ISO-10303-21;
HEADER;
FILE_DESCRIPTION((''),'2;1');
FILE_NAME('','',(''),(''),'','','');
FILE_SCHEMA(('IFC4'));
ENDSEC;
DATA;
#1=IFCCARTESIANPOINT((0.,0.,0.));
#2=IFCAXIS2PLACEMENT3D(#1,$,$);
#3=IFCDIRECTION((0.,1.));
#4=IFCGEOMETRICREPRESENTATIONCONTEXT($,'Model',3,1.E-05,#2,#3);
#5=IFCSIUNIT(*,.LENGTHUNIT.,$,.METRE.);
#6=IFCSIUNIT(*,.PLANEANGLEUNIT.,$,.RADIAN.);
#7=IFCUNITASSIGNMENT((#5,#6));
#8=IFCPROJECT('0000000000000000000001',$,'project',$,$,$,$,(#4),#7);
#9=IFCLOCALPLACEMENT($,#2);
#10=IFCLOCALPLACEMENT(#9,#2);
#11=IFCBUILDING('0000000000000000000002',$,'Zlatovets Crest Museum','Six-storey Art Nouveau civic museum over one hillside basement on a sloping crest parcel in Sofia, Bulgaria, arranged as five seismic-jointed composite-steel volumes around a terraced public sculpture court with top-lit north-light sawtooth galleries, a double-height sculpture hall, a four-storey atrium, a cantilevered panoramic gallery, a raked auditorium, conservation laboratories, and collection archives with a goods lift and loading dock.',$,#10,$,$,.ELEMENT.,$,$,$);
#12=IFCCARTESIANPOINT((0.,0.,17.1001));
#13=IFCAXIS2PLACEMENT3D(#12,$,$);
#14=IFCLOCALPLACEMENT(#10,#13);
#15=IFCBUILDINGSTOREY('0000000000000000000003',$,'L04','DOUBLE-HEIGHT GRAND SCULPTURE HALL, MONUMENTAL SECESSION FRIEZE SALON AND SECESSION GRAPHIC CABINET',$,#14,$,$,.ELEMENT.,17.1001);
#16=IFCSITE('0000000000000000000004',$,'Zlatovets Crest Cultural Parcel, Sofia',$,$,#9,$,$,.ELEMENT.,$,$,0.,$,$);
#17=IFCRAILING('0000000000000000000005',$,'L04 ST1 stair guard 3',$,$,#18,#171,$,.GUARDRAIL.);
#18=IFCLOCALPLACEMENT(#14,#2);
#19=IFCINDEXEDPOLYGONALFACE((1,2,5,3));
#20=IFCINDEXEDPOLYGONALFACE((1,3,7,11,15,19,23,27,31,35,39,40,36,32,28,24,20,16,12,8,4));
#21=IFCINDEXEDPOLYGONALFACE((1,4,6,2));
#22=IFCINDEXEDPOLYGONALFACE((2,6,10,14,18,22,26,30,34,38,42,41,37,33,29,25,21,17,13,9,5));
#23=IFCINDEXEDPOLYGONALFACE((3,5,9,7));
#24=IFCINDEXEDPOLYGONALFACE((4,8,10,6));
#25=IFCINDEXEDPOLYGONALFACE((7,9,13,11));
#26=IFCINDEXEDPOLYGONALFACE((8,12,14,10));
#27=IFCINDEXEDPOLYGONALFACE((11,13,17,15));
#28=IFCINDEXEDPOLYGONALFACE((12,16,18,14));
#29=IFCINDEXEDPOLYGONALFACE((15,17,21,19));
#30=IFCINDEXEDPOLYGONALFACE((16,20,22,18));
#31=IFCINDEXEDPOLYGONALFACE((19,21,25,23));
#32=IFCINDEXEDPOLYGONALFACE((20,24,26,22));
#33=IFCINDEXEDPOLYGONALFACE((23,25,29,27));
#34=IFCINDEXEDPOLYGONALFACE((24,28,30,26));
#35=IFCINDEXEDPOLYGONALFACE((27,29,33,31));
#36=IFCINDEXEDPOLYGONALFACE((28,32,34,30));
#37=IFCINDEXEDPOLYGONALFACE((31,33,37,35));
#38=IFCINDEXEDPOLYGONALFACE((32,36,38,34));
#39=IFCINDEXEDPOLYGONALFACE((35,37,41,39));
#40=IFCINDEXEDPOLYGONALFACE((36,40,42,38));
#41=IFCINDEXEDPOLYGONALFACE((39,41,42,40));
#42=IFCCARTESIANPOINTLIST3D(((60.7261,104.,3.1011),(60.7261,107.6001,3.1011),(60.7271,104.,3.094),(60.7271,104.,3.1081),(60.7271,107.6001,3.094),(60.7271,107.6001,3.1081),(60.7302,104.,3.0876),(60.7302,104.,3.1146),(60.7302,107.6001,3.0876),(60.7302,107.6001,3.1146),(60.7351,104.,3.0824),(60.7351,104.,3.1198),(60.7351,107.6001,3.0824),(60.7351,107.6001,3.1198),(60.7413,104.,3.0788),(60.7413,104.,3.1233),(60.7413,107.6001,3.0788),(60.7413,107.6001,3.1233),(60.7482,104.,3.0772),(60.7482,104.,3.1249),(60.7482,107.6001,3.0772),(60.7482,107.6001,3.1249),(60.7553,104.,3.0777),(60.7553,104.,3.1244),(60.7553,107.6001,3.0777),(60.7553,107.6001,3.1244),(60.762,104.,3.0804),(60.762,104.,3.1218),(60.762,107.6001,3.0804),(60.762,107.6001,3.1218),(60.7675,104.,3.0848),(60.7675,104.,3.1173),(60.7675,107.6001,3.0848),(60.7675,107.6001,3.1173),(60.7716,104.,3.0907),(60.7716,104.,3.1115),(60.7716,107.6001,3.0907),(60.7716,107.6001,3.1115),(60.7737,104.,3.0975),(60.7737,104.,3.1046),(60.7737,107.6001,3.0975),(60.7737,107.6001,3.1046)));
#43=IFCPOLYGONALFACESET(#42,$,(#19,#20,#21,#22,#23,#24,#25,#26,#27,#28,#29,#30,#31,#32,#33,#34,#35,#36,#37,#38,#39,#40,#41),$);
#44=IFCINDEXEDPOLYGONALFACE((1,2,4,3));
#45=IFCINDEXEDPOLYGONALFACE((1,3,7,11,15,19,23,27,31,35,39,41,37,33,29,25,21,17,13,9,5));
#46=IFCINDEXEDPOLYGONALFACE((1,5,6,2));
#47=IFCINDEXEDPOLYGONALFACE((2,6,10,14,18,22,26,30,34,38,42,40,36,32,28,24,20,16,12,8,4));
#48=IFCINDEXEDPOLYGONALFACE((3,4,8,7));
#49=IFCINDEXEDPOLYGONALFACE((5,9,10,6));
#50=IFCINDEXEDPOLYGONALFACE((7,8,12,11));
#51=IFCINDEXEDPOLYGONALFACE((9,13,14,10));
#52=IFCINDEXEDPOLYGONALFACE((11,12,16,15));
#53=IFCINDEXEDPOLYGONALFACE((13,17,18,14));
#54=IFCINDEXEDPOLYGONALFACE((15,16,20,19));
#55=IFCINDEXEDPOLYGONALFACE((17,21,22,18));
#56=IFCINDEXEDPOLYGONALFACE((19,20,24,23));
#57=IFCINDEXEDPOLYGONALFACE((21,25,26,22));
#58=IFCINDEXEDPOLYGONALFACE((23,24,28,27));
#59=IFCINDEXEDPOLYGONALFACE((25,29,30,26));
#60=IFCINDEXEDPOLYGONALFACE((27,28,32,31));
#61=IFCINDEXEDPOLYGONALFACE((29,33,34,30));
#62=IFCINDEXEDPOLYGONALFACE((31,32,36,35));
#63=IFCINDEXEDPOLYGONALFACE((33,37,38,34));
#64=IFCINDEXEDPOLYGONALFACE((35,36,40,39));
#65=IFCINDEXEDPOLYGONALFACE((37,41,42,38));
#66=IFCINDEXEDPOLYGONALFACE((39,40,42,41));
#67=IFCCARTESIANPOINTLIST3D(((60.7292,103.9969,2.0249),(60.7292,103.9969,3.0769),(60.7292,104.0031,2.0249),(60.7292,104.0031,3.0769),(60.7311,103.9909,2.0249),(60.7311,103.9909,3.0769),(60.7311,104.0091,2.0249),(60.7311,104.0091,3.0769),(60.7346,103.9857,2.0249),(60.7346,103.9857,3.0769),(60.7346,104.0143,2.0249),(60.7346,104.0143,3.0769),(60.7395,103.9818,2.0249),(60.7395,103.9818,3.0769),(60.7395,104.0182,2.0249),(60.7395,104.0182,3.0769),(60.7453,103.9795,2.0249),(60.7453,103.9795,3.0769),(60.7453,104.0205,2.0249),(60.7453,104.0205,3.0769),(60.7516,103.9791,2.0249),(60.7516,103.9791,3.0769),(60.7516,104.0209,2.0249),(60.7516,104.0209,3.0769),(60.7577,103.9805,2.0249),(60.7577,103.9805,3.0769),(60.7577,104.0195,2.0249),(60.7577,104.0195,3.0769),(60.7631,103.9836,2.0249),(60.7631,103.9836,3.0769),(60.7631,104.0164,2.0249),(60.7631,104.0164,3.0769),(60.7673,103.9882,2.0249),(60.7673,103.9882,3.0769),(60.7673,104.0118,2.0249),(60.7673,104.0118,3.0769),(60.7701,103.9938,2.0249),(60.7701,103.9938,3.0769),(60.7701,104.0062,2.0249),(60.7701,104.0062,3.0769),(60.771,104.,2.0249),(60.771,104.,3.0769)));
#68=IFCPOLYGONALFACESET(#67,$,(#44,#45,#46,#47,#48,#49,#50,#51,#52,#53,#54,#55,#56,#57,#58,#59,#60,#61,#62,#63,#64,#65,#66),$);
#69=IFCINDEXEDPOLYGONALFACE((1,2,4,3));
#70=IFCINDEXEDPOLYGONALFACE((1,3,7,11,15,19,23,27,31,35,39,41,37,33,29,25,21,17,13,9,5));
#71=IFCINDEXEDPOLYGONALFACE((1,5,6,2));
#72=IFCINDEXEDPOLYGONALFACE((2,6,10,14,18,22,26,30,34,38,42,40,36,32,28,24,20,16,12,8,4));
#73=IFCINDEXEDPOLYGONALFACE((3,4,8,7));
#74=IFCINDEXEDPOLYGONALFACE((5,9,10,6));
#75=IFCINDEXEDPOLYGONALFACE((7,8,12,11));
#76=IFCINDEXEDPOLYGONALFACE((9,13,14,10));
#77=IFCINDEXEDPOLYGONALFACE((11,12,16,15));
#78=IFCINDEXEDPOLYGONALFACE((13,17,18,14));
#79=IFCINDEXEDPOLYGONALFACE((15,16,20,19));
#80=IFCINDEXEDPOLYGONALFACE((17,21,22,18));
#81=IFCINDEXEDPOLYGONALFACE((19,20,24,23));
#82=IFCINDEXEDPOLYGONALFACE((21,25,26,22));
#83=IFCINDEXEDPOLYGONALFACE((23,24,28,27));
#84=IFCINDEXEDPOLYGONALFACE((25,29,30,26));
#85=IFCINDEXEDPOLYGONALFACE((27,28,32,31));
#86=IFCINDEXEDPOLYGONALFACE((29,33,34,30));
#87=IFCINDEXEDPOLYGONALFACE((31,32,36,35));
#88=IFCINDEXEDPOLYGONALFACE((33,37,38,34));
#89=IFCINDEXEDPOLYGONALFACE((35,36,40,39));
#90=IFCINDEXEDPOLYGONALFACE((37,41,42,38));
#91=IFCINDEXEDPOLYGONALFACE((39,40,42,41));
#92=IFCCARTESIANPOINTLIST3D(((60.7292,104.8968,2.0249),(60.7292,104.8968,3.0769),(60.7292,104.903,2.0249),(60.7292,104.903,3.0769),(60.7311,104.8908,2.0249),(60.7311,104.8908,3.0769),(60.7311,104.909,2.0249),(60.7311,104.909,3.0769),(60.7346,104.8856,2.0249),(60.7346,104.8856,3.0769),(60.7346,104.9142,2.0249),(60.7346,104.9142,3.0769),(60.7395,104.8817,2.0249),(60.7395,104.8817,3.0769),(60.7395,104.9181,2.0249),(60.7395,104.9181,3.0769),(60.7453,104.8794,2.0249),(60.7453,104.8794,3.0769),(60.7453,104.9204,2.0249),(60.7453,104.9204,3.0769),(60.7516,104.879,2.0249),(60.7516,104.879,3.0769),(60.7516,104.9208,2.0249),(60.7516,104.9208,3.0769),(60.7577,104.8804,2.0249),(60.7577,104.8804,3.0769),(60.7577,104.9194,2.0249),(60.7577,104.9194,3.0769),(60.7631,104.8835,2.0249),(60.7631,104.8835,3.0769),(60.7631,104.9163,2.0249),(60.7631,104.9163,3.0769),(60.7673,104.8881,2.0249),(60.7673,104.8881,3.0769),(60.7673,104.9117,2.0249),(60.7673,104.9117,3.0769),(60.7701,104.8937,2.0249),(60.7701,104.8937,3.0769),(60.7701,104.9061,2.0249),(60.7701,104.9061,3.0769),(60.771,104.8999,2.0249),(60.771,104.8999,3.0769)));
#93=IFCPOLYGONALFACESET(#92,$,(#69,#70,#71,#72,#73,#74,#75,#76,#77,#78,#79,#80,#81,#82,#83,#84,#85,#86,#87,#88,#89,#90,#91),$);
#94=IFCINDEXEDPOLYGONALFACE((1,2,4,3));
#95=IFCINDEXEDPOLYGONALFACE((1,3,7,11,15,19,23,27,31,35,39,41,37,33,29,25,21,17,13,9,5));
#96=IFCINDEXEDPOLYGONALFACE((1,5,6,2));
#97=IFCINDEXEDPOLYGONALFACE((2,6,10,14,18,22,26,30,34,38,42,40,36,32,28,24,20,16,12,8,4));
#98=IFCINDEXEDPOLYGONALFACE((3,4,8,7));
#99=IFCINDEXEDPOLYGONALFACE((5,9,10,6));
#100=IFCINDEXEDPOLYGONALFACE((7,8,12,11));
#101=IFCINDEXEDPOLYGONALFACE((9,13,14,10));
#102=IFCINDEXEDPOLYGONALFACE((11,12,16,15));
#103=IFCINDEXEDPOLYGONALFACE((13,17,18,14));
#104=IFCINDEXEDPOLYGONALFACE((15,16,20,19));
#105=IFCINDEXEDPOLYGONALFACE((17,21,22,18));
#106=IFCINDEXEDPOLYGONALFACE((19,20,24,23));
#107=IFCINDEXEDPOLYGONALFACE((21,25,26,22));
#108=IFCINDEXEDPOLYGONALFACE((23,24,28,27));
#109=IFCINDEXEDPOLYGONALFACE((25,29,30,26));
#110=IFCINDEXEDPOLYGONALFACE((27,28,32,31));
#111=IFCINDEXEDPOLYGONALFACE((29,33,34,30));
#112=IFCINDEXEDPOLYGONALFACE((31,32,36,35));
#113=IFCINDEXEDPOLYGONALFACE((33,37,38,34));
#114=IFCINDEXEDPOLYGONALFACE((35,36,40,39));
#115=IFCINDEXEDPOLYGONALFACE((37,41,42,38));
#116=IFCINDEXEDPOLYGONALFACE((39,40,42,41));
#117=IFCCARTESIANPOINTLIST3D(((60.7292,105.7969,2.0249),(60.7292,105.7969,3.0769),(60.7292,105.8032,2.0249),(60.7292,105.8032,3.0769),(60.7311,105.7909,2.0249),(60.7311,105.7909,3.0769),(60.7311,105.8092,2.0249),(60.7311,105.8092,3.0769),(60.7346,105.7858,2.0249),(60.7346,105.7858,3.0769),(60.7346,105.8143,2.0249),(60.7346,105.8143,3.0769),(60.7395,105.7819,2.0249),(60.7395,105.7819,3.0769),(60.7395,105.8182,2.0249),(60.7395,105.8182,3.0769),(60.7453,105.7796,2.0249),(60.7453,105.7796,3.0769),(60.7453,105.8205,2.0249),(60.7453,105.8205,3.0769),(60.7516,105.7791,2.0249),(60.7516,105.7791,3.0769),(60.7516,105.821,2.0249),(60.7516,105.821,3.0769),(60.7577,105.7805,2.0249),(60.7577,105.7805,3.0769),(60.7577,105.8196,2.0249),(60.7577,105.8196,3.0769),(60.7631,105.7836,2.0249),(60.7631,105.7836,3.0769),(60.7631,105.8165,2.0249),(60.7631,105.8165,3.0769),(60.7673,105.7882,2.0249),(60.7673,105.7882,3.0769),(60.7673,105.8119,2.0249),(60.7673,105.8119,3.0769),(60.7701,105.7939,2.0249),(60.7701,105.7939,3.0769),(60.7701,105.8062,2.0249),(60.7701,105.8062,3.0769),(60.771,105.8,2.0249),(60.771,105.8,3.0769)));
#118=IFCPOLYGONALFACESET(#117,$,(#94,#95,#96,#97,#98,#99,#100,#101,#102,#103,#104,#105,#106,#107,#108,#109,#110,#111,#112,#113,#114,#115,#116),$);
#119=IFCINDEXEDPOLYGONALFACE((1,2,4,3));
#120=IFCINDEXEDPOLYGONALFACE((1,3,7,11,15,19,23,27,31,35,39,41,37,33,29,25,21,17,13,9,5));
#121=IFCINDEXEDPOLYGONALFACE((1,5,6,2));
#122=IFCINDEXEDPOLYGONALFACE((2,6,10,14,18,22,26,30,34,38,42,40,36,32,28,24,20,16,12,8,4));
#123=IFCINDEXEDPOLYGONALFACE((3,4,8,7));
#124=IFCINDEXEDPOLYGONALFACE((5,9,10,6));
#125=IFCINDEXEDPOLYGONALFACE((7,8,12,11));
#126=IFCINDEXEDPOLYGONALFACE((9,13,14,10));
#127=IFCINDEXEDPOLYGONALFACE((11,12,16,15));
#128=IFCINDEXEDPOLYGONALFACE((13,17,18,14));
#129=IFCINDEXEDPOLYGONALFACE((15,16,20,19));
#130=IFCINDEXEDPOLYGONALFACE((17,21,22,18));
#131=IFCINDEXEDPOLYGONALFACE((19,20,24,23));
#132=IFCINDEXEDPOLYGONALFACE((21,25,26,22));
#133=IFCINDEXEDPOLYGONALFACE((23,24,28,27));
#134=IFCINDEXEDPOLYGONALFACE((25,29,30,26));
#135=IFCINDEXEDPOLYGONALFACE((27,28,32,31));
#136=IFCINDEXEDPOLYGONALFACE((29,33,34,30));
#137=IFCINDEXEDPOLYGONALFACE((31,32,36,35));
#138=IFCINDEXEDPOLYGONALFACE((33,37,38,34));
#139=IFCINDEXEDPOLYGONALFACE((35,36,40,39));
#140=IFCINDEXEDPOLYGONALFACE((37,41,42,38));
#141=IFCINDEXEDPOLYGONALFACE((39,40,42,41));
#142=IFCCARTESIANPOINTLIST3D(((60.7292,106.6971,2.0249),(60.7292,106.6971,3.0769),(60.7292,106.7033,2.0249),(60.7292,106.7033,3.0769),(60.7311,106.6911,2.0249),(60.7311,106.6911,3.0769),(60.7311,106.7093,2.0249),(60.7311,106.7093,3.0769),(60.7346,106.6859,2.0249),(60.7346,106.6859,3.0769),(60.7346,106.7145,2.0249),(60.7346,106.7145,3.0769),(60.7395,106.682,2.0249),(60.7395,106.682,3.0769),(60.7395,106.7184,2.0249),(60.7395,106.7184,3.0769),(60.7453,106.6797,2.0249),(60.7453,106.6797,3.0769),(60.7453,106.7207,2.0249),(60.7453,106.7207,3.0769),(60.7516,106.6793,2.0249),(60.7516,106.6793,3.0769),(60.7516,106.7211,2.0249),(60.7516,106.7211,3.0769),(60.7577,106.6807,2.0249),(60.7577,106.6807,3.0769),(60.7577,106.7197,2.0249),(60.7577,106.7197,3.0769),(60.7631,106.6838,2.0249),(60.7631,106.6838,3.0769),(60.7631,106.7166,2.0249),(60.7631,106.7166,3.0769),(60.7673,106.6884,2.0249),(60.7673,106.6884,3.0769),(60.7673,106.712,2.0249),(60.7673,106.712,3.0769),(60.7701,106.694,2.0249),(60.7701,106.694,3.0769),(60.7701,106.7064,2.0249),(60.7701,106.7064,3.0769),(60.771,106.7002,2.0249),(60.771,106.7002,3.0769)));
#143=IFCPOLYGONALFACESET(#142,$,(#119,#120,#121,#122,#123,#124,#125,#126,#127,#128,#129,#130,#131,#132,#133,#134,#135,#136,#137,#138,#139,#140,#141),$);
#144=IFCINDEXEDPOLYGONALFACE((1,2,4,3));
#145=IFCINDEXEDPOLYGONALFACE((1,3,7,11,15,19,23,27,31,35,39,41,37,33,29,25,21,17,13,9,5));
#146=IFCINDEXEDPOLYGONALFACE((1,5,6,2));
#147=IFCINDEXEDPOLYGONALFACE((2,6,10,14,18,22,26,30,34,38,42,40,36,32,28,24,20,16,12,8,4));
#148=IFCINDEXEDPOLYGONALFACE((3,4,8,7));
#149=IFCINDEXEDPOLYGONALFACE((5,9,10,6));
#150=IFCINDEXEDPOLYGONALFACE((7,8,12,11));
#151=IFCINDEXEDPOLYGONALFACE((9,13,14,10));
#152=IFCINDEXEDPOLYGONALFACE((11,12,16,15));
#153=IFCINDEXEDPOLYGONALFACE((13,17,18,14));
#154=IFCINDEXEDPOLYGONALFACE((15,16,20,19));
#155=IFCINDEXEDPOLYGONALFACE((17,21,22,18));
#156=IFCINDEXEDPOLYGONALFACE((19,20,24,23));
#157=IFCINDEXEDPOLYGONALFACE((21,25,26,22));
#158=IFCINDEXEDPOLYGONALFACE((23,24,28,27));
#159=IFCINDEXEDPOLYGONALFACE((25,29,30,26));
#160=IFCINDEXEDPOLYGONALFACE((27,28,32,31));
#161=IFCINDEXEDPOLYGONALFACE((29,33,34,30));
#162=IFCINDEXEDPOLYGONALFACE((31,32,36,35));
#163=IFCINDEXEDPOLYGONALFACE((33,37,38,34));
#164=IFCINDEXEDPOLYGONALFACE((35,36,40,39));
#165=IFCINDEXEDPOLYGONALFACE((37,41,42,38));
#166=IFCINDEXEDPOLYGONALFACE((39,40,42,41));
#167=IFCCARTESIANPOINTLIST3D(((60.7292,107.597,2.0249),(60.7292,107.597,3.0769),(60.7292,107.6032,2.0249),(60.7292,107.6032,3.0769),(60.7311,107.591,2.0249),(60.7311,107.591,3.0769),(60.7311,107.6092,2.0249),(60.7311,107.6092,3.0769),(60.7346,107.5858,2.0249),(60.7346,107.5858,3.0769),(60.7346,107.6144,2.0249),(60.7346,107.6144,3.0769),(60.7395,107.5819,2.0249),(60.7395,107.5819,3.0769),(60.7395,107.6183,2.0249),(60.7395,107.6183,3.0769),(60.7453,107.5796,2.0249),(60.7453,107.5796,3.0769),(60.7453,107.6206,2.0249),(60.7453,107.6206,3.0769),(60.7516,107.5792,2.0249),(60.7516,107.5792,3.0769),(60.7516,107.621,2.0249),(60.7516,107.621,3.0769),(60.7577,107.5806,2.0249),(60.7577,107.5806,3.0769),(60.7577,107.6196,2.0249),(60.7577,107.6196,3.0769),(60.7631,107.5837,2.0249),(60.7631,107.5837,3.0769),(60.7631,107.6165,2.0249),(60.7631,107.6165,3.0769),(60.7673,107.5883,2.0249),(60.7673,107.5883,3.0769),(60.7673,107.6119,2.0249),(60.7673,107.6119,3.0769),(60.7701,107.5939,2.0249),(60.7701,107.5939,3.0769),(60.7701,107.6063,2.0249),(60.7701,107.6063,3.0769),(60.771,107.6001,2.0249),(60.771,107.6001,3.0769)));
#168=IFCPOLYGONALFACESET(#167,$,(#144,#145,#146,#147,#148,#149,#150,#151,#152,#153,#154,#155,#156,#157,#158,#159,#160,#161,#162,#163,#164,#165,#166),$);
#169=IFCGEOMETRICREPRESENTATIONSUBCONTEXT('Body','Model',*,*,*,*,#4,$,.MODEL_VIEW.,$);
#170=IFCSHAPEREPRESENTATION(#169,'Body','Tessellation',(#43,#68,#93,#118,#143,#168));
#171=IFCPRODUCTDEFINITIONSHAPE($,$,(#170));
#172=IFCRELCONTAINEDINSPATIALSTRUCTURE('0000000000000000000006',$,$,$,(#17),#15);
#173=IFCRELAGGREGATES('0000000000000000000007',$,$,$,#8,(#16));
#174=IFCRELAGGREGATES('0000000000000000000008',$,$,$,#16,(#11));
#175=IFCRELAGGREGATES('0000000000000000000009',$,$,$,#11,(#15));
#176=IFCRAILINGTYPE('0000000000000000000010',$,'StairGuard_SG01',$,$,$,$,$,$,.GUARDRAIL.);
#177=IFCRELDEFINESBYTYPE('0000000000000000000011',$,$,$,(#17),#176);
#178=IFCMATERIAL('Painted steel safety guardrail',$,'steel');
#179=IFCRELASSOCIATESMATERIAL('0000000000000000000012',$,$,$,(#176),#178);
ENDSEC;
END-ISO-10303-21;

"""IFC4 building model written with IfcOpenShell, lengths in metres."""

from ifc_helpers import new_model, si_unit, direction, frame, origin, origin_2d, place, context, subcontext, project, spatial, circle, extrude, material, type_object, element, save


model = new_model("IFC4")

# Units and contexts
model_context = context("Model", 3, precision=1e-05, world=origin(), true_north=direction((0.0, 1.0)))
body_context = subcontext(model_context, "Body", "Model", "MODEL_VIEW")
ifc_project = project(units=[si_unit("LENGTHUNIT", "METRE"), si_unit("PLANEANGLEUNIT", "RADIAN")], contexts=[model_context])

# Site, building, storey
site_placement = place(None, origin())
site = spatial("IfcSite", under=ifc_project, at=site_placement, Name="Zlatovets Crest Cultural Parcel, Sofia", CompositionType="ELEMENT", RefElevation=0.0)
building_placement = place(site_placement, origin())
building = spatial("IfcBuilding", under=site, at=building_placement, Name="Zlatovets Crest Museum", Description="Six-storey Art Nouveau civic museum over one hillside basement on a sloping crest parcel in Sofia, Bulgaria, arranged as five seismic-jointed composite-steel volumes around a terraced public sculpture court with top-lit north-light sawtooth galleries, a double-height sculpture hall, a four-storey atrium, a cantilevered panoramic gallery, a raked auditorium, conservation laboratories, and collection archives with a goods lift and loading dock.", CompositionType="ELEMENT")
storey_placement = place(building_placement, frame((0.0, 0.0, 17.1001)))
storey = spatial("IfcBuildingStorey", under=building, at=storey_placement, Name="L04", Description="DOUBLE-HEIGHT GRAND SCULPTURE HALL, MONUMENTAL SECESSION FRIEZE SALON AND SECESSION GRAPHIC CABINET", CompositionType="ELEMENT", Elevation=17.1001)

# Railing
ifc_material_1 = material(Name="Painted steel safety guardrail", Category="steel")
railing_type_1 = type_object("IfcRailingType", Name="StairGuard_SG01", PredefinedType="GUARDRAIL", material=ifc_material_1)
for number, where, name in (
    (1, (60.75, 104.0, 2.0249), "L04 ST1 stair guard 3"),
):
    element("IfcRailing", number, at=place(storey_placement, frame(where)), inside=storey, type_object=railing_type_1, Name=name, PredefinedType="GUARDRAIL", context=body_context, shape_type="SweptSolid", body=[
        extrude(circle(Radius=0.0239, at=origin_2d()), frame((0.0, 0.0, 1.0762), z_axis=(0.0, 1.0, 0.0), x_axis=(-1.0, 0.0, 0.0)), (0.0, 0.0, 1.0), 3.6001),
        extrude(circle(Radius=0.021, at=origin_2d()), origin(), (0.0, 0.0, 1.0), 1.052),
        extrude(circle(Radius=0.021, at=origin_2d()), frame((0.0, 0.8999, 0.0)), (0.0, 0.0, 1.0), 1.052),
        extrude(circle(Radius=0.021, at=origin_2d()), frame((0.0, 1.8, 0.0)), (0.0, 0.0, 1.0), 1.052),
        extrude(circle(Radius=0.021, at=origin_2d()), frame((0.0, 2.7002, 0.0)), (0.0, 0.0, 1.0), 1.052),
        extrude(circle(Radius=0.021, at=origin_2d()), frame((0.0, 3.6001, 0.0)), (0.0, 0.0, 1.0), 1.052),
    ])

save(model, "model.ifc")
